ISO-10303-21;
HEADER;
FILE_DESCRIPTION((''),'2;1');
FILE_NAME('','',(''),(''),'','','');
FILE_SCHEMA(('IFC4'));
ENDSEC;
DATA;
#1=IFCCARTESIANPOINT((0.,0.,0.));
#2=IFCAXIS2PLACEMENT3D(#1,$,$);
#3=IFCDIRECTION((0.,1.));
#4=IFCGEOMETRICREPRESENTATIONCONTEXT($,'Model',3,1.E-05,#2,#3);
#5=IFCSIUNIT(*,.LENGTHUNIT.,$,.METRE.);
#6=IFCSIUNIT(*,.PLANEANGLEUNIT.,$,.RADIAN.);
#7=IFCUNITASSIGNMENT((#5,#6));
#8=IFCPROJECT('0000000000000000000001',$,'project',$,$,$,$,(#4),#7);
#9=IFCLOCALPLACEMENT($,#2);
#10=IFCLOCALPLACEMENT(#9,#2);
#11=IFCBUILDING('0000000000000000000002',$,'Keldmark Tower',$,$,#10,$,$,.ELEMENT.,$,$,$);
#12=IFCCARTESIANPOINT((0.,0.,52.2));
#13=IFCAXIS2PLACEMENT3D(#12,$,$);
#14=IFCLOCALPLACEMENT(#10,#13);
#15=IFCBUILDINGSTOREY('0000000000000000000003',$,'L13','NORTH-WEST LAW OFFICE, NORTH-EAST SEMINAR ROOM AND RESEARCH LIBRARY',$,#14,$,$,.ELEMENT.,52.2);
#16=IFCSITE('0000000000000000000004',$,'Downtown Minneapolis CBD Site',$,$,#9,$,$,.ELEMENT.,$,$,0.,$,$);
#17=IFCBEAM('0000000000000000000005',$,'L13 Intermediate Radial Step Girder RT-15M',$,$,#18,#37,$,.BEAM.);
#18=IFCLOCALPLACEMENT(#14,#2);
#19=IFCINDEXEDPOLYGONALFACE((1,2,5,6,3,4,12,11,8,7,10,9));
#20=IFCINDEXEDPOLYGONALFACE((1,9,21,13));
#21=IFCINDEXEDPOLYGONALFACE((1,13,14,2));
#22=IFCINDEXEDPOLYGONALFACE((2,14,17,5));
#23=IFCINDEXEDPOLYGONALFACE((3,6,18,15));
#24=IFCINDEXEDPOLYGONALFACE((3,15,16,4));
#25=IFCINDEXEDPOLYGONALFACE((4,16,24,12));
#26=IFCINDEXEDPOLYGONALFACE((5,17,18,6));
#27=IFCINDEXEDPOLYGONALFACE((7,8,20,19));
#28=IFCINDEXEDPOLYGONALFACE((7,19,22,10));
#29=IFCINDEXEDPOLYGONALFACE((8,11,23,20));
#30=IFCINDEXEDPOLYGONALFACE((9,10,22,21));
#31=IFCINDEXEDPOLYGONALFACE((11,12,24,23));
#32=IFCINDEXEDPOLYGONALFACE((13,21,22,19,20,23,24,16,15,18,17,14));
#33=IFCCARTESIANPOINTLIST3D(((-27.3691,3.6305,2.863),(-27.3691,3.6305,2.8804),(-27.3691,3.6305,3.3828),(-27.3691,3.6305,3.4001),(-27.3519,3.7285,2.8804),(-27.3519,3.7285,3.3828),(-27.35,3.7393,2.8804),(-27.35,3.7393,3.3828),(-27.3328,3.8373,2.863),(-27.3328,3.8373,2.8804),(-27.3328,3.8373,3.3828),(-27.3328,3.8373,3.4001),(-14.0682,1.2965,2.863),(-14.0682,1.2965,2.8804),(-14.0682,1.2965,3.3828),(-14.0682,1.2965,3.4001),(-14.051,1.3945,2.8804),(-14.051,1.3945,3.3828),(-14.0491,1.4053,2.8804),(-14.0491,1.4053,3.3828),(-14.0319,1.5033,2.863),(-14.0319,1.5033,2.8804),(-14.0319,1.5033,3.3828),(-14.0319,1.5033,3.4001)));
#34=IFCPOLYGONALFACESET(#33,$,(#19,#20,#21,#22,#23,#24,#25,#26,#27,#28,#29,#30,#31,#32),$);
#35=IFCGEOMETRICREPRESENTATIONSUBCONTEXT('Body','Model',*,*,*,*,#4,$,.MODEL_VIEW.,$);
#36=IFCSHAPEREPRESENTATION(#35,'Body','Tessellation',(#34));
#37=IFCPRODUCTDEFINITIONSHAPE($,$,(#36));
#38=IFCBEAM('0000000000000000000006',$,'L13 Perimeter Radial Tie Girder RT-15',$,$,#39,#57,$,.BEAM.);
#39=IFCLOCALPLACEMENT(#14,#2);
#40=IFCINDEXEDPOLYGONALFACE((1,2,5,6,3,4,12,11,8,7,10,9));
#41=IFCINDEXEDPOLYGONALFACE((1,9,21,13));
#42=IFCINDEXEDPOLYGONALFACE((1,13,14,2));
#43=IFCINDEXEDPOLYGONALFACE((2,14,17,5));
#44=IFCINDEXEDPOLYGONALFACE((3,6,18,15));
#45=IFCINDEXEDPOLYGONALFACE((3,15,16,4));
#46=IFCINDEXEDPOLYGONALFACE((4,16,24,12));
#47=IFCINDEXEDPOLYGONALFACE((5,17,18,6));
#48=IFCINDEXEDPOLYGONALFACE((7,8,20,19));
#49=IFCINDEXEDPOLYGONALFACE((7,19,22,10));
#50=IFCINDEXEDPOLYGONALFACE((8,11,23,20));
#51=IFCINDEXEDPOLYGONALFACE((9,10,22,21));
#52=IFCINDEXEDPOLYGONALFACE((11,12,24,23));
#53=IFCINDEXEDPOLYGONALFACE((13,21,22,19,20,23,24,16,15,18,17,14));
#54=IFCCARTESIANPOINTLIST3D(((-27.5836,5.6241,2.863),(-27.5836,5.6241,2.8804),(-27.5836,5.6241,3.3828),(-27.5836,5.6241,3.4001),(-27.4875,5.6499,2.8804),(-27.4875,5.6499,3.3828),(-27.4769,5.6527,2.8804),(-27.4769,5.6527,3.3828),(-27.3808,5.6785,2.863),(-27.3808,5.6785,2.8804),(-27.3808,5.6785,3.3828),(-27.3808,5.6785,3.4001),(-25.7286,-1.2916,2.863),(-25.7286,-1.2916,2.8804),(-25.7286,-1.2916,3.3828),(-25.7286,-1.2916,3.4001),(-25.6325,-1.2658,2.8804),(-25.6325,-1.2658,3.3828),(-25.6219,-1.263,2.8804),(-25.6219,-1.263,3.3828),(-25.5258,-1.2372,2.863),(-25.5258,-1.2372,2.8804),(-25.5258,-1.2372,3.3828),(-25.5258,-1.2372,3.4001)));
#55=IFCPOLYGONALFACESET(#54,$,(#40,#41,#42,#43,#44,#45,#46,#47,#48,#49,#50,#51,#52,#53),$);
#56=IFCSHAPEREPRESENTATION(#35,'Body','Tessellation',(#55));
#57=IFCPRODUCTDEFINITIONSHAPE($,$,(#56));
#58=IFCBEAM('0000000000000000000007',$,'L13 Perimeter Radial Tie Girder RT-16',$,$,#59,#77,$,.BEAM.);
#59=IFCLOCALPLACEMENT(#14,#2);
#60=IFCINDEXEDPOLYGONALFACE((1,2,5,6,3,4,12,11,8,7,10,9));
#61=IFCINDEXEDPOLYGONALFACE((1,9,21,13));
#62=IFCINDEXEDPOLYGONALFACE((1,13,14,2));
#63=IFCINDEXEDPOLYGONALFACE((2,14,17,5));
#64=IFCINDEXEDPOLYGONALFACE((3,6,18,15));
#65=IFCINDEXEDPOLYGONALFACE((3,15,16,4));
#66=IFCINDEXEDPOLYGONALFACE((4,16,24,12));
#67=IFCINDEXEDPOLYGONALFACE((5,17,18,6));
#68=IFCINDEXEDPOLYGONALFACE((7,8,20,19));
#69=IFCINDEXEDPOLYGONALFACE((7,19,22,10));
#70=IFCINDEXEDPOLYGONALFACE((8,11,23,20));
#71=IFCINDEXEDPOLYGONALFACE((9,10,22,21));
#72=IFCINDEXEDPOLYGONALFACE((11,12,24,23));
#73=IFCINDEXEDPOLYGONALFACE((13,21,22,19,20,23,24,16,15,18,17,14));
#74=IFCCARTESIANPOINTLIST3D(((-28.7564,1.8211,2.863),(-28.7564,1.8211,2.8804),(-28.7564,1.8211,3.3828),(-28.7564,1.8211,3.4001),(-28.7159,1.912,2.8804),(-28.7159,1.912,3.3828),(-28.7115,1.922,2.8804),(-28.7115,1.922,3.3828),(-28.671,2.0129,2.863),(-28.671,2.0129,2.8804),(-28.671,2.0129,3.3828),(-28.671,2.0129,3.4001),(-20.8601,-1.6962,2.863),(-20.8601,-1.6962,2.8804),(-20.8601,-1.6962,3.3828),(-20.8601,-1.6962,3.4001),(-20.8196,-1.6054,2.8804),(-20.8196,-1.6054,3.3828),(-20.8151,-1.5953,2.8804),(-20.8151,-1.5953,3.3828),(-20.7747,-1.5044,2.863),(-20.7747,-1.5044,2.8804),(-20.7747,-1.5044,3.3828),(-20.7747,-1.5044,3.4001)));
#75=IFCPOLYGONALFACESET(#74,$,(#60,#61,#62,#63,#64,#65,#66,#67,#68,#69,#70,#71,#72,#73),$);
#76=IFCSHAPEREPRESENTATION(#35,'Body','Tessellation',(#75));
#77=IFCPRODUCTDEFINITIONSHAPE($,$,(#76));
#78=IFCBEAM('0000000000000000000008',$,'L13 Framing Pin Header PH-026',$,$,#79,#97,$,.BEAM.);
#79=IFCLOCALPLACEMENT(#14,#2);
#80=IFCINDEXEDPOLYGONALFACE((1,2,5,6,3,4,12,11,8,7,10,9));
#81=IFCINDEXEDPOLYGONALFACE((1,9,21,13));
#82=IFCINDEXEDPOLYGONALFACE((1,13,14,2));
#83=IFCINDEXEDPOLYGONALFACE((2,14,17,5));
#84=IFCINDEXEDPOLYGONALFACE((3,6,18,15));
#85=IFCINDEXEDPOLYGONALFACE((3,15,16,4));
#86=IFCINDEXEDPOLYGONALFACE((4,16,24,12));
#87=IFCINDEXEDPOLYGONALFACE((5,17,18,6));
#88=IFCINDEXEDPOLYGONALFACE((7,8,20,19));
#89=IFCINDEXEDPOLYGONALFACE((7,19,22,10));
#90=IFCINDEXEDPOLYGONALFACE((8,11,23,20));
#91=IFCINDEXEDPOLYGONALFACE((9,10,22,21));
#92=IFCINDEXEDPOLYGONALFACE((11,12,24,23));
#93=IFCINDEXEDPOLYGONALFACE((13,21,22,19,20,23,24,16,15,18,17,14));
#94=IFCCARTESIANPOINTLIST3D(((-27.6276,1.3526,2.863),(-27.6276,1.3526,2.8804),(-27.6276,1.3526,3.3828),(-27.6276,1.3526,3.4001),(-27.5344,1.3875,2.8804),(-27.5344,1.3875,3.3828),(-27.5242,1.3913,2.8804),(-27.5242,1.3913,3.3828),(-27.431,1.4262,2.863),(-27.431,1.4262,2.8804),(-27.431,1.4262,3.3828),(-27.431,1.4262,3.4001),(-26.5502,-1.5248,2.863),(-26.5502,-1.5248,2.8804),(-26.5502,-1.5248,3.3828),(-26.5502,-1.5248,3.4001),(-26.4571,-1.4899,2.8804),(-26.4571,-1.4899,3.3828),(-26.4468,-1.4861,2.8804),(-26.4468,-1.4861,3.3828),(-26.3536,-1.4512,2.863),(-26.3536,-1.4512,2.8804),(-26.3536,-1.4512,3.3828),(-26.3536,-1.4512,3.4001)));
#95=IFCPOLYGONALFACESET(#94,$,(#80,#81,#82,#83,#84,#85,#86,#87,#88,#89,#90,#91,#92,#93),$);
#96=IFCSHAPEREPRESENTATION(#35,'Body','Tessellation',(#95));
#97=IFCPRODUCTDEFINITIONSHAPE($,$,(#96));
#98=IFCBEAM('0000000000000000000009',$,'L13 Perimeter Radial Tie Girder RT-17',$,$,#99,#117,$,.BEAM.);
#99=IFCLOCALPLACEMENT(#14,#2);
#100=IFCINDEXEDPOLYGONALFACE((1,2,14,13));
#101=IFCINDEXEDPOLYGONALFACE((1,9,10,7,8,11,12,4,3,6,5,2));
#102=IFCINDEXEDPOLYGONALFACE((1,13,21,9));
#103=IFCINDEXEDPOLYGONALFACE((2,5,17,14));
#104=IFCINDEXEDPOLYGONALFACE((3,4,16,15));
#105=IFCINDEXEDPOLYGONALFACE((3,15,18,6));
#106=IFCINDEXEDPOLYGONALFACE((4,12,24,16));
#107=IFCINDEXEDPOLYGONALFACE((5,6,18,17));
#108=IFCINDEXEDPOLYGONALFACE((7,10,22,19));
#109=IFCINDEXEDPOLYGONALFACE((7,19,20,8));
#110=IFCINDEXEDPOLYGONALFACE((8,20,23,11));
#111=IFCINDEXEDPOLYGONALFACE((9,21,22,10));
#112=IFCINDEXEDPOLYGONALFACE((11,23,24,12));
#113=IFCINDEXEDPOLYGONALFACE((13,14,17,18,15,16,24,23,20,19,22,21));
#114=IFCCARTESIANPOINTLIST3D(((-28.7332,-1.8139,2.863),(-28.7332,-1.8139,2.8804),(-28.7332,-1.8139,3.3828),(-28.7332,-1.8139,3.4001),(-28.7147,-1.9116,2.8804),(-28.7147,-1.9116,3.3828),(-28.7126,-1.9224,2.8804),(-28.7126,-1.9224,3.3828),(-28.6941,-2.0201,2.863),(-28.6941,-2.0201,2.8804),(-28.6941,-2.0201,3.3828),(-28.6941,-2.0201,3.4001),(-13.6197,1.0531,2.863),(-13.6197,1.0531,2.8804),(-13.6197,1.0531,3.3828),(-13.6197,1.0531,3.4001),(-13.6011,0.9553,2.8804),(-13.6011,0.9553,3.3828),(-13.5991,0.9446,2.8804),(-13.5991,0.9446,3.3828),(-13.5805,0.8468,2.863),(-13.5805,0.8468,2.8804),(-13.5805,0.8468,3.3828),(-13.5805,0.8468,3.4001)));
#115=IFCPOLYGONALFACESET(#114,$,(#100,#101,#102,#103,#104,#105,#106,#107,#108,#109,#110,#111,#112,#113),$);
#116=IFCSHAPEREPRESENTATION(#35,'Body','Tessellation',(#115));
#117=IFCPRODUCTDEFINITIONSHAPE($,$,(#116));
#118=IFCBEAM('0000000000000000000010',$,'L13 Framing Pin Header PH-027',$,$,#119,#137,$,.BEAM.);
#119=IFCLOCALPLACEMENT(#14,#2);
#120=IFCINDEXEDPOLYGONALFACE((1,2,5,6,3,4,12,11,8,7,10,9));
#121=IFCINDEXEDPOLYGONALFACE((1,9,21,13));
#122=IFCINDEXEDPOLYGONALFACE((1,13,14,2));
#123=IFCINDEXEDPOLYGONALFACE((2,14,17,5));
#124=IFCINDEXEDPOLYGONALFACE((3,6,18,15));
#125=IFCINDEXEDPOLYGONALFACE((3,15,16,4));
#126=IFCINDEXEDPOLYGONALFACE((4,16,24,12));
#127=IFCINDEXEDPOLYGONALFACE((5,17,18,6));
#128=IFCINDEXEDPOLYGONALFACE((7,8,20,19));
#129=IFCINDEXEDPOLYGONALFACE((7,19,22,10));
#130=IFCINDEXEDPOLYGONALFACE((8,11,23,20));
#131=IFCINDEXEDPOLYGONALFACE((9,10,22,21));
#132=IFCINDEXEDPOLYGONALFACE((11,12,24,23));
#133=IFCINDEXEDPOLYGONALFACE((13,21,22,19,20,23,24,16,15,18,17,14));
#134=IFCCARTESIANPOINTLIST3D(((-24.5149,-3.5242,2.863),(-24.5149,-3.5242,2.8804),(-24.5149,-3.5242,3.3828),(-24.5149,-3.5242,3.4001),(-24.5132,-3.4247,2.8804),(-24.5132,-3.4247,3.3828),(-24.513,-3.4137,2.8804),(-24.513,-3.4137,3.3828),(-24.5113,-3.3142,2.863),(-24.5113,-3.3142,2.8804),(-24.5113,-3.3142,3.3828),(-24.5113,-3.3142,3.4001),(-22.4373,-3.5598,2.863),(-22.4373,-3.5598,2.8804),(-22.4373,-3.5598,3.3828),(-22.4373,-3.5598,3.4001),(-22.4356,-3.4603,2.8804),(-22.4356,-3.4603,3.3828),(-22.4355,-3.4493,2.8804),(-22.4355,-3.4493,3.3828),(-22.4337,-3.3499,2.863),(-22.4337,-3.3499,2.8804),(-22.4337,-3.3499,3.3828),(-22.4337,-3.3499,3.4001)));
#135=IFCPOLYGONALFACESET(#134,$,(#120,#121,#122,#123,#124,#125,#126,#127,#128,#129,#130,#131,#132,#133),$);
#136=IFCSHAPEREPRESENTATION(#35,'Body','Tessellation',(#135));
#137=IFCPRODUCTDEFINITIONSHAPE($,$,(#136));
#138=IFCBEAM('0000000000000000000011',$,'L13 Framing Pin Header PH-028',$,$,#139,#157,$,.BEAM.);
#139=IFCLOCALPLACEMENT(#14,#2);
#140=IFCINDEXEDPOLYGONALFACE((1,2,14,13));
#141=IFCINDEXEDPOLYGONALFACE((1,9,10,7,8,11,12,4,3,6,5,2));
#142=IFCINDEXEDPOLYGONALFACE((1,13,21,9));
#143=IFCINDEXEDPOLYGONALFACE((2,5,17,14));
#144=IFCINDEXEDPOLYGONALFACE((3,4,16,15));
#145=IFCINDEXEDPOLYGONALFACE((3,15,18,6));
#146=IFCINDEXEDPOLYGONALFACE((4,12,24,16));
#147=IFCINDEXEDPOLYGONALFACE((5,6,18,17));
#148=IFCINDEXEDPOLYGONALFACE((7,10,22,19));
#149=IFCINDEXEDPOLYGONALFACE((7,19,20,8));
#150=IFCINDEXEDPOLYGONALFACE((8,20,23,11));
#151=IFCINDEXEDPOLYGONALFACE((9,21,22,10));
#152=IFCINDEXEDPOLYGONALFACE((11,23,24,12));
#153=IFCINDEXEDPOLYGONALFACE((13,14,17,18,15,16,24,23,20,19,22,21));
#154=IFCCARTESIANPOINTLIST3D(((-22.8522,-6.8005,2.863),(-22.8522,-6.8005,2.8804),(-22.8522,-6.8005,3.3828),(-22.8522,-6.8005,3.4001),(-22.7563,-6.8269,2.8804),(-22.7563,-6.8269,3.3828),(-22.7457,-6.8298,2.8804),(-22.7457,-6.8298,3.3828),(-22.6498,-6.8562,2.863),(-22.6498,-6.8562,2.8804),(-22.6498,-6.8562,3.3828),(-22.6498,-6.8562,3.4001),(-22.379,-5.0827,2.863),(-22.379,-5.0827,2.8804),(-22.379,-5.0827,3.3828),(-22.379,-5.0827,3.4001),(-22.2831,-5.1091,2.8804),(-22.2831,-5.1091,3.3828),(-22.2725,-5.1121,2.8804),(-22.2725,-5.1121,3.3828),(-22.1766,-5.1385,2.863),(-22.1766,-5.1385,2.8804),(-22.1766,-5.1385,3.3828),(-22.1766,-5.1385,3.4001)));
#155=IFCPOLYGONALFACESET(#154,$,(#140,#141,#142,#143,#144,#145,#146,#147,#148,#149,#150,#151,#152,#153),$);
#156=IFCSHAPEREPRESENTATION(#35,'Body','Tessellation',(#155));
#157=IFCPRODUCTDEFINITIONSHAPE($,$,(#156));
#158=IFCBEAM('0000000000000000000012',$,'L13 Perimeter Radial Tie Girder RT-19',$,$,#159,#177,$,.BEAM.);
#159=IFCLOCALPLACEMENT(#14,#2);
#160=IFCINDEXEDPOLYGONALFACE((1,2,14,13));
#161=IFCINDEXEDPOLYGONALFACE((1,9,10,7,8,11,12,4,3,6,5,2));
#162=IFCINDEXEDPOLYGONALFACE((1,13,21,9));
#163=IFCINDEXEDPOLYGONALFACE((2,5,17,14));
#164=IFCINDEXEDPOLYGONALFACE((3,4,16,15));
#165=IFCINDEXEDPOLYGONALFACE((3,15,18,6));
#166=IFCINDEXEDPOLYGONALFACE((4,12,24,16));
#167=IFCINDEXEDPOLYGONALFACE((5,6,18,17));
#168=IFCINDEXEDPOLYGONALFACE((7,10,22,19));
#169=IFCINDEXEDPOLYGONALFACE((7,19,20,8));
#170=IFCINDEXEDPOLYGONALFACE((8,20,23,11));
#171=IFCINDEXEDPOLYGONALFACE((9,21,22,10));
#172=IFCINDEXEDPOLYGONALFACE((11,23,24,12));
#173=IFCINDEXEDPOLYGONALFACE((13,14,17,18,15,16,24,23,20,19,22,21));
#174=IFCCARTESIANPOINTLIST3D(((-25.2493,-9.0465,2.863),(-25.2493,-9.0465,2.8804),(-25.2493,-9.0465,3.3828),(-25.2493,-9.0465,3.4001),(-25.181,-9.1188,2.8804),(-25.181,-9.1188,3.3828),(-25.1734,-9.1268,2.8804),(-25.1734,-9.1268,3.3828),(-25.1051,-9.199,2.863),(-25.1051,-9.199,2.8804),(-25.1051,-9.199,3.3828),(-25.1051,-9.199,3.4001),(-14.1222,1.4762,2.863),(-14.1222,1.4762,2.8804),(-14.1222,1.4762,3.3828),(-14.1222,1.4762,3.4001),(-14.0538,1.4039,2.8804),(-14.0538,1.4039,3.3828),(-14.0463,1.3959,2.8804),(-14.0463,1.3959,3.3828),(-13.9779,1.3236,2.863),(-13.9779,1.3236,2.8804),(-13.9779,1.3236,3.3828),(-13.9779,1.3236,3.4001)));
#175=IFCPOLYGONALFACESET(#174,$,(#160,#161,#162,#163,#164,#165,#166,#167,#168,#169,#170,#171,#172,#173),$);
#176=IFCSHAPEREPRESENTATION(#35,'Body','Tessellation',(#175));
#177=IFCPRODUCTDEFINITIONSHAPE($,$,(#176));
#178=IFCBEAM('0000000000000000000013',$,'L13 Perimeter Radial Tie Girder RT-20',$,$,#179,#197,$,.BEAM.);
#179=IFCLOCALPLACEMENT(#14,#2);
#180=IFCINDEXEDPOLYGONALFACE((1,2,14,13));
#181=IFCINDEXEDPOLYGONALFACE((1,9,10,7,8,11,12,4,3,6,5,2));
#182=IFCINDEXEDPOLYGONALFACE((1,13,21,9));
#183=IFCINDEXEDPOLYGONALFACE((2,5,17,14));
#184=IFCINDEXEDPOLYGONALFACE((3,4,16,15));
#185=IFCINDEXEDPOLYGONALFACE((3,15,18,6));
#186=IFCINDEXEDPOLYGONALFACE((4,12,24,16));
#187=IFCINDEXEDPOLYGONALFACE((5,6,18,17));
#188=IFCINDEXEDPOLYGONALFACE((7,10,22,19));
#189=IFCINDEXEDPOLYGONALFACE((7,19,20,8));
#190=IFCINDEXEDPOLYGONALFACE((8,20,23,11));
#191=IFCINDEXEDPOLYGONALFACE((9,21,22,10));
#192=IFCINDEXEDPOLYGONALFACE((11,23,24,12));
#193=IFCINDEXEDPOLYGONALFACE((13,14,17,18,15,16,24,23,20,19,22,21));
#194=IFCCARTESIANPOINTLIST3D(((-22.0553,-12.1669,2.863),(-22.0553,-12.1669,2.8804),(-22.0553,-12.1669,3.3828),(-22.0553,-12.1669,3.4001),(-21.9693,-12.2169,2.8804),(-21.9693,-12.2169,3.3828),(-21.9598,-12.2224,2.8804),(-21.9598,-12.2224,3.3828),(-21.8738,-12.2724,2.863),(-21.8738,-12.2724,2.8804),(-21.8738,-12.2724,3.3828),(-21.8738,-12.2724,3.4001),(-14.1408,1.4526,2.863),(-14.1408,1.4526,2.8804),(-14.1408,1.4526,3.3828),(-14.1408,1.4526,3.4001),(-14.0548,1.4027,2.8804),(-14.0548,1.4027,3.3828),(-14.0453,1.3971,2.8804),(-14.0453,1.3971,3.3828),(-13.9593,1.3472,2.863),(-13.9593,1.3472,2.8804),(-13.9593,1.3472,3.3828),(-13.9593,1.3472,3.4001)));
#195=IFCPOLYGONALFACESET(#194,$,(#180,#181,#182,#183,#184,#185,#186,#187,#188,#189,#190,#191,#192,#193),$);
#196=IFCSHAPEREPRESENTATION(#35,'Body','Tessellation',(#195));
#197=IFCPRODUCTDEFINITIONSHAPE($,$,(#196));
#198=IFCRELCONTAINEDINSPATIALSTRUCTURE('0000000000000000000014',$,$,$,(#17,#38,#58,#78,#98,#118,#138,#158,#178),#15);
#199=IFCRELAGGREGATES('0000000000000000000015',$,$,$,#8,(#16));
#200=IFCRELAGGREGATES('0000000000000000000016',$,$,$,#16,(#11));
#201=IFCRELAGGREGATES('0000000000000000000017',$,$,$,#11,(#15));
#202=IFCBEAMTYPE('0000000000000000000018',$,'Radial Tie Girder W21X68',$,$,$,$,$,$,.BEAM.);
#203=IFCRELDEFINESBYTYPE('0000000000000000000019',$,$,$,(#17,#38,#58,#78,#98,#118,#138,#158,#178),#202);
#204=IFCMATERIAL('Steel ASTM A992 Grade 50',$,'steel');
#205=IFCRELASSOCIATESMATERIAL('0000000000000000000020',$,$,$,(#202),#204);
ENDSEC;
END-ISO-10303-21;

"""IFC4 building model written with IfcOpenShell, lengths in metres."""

from ifc_helpers import new_model, si_unit, direction, frame, origin, origin_2d, place, context, subcontext, project, spatial, i_section, extrude, material, material_profile, profile_set, type_object, element, save


model = new_model("IFC4")

# Units and contexts
model_context = context("Model", 3, precision=1e-05, world=origin(), true_north=direction((0.0, 1.0)))
body_context = subcontext(model_context, "Body", "Model", "MODEL_VIEW")
ifc_project = project(units=[si_unit("LENGTHUNIT", "METRE"), si_unit("PLANEANGLEUNIT", "RADIAN")], contexts=[model_context])

# Site, building, storey
site_placement = place(None, origin())
site = spatial("IfcSite", under=ifc_project, at=site_placement, Name="Downtown Minneapolis CBD Site", CompositionType="ELEMENT", RefElevation=0.0)
building_placement = place(site_placement, origin())
building = spatial("IfcBuilding", under=site, at=building_placement, Name="Keldmark Tower", CompositionType="ELEMENT")
storey_placement = place(building_placement, frame((0.0, 0.0, 52.2)))
storey = spatial("IfcBuildingStorey", under=building, at=storey_placement, Name="L13", Description="NORTH-WEST LAW OFFICE, NORTH-EAST SEMINAR ROOM AND RESEARCH LIBRARY", CompositionType="ELEMENT", Elevation=52.2)

# Beams
ifc_material_1 = material(Name="Steel ASTM A992 Grade 50", Category="steel")
ifc_material_profile_1 = material_profile(ifc_material_1, i_section(OverallWidth=0.21, OverallDepth=0.5371, WebThickness=0.011, FlangeThickness=0.0173, at=origin_2d()), Name="W21X68")
ifc_profile_set_1 = profile_set([ifc_material_profile_1], Name="Steel ASTM A992 Grade 50")
beam_type_1 = type_object("IfcBeamType", Name="Radial Tie Girder W21X68", PredefinedType="BEAM", material=ifc_profile_set_1)
beam_1_placement = place(storey_placement, frame((-14.05, 1.3999, 3.1316), z_axis=(-0.984951, 0.172833, 0.0), x_axis=(-0.172833, -0.984951, 0.0)))
element("IfcBeam", 1, at=beam_1_placement, inside=storey, type_object=beam_type_1, Name="L13 Intermediate Radial Step Girder RT-15M", PredefinedType="BEAM", context=body_context, shape_type="SweptSolid", body=[
    extrude(i_section(OverallWidth=0.21, OverallDepth=0.5371, WebThickness=0.011, FlangeThickness=0.0173, at=origin_2d()), origin(), (0.0, 0.0, 1.0), 13.5042),
])
beam_2_placement = place(storey_placement, frame((-25.6272, -1.2644, 3.1316), z_axis=(-0.259067, 0.965859, 0.0), x_axis=(-0.965859, -0.259067, 0.0)))
element("IfcBeam", 2, at=beam_2_placement, inside=storey, type_object=beam_type_1, Name="L13 Perimeter Radial Tie Girder RT-15", PredefinedType="BEAM", context=body_context, shape_type="SweptSolid", body=[
    extrude(i_section(OverallWidth=0.21, OverallDepth=0.5371, WebThickness=0.011, FlangeThickness=0.0173, at=origin_2d()), origin(), (0.0, 0.0, 1.0), 7.1602),
])
beam_3_placement = place(storey_placement, frame((-20.8174, -1.6003, 3.1316), z_axis=(-0.913472, 0.406901, 0.0), x_axis=(-0.406901, -0.913472, 0.0)))
element("IfcBeam", 3, at=beam_3_placement, inside=storey, type_object=beam_type_1, Name="L13 Perimeter Radial Tie Girder RT-16", PredefinedType="BEAM", context=body_context, shape_type="SweptSolid", body=[
    extrude(i_section(OverallWidth=0.21, OverallDepth=0.5371, WebThickness=0.011, FlangeThickness=0.0173, at=origin_2d()), origin(), (0.0, 0.0, 1.0), 8.6443),
])
beam_4_placement = place(storey_placement, frame((-27.5293, 1.3894, 3.1316), z_axis=(0.350653, -0.936505, 0.0), x_axis=(0.936505, 0.350653, 0.0)))
element("IfcBeam", 4, at=beam_4_placement, inside=storey, type_object=beam_type_1, Name="L13 Framing Pin Header PH-026", PredefinedType="BEAM", context=body_context, shape_type="SweptSolid", body=[
    extrude(i_section(OverallWidth=0.21, OverallDepth=0.5371, WebThickness=0.011, FlangeThickness=0.0173, at=origin_2d()), origin(), (0.0, 0.0, 1.0), 3.0725),
])
beam_5_placement = place(storey_placement, frame((-13.6001, 0.95, 3.1316), z_axis=(-0.98248, -0.18637, 0.0), x_axis=(0.18637, -0.98248, 0.0)))
element("IfcBeam", 5, at=beam_5_placement, inside=storey, type_object=beam_type_1, Name="L13 Perimeter Radial Tie Girder RT-17", PredefinedType="BEAM", context=body_context, shape_type="SweptSolid", body=[
    extrude(i_section(OverallWidth=0.21, OverallDepth=0.5371, WebThickness=0.011, FlangeThickness=0.0173, at=origin_2d()), origin(), (0.0, 0.0, 1.0), 15.3831),
])
beam_6_placement = place(storey_placement, frame((-22.4355, -3.4548, 3.1316), z_axis=(-0.999853, 0.017154, 0.0), x_axis=(-0.017154, -0.999853, 0.0)))
element("IfcBeam", 6, at=beam_6_placement, inside=storey, type_object=beam_type_1, Name="L13 Framing Pin Header PH-027", PredefinedType="BEAM", context=body_context, shape_type="SweptSolid", body=[
    extrude(i_section(OverallWidth=0.21, OverallDepth=0.5371, WebThickness=0.011, FlangeThickness=0.0173, at=origin_2d()), origin(), (0.0, 0.0, 1.0), 2.0779),
])
beam_7_placement = place(storey_placement, frame((-22.2778, -5.1106, 3.1316), z_axis=(-0.265551, -0.964097, 0.0), x_axis=(0.964097, -0.265551, 0.0)))
element("IfcBeam", 7, at=beam_7_placement, inside=storey, type_object=beam_type_1, Name="L13 Framing Pin Header PH-028", PredefinedType="BEAM", context=body_context, shape_type="SweptSolid", body=[
    extrude(i_section(OverallWidth=0.21, OverallDepth=0.5371, WebThickness=0.011, FlangeThickness=0.0173, at=origin_2d()), origin(), (0.0, 0.0, 1.0), 1.7817),
])
beam_8_placement = place(storey_placement, frame((-14.05, 1.3999, 3.1316), z_axis=(-0.726567, -0.687096, 0.0), x_axis=(0.687096, -0.726567, 0.0)))
element("IfcBeam", 8, at=beam_8_placement, inside=storey, type_object=beam_type_1, Name="L13 Perimeter Radial Tie Girder RT-19", PredefinedType="BEAM", context=body_context, shape_type="SweptSolid", body=[
    extrude(i_section(OverallWidth=0.21, OverallDepth=0.5371, WebThickness=0.011, FlangeThickness=0.0173, at=origin_2d()), origin(), (0.0, 0.0, 1.0), 15.3147),
])
beam_9_placement = place(storey_placement, frame((-14.05, 1.3999, 3.1316), z_axis=(-0.502438, -0.864613, 0.0), x_axis=(0.864613, -0.502438, 0.0)))
element("IfcBeam", 9, at=beam_9_placement, inside=storey, type_object=beam_type_1, Name="L13 Perimeter Radial Tie Girder RT-20", PredefinedType="BEAM", context=body_context, shape_type="SweptSolid", body=[
    extrude(i_section(OverallWidth=0.21, OverallDepth=0.5371, WebThickness=0.011, FlangeThickness=0.0173, at=origin_2d()), origin(), (0.0, 0.0, 1.0), 15.7522),
])

save(model, "model.ifc")
